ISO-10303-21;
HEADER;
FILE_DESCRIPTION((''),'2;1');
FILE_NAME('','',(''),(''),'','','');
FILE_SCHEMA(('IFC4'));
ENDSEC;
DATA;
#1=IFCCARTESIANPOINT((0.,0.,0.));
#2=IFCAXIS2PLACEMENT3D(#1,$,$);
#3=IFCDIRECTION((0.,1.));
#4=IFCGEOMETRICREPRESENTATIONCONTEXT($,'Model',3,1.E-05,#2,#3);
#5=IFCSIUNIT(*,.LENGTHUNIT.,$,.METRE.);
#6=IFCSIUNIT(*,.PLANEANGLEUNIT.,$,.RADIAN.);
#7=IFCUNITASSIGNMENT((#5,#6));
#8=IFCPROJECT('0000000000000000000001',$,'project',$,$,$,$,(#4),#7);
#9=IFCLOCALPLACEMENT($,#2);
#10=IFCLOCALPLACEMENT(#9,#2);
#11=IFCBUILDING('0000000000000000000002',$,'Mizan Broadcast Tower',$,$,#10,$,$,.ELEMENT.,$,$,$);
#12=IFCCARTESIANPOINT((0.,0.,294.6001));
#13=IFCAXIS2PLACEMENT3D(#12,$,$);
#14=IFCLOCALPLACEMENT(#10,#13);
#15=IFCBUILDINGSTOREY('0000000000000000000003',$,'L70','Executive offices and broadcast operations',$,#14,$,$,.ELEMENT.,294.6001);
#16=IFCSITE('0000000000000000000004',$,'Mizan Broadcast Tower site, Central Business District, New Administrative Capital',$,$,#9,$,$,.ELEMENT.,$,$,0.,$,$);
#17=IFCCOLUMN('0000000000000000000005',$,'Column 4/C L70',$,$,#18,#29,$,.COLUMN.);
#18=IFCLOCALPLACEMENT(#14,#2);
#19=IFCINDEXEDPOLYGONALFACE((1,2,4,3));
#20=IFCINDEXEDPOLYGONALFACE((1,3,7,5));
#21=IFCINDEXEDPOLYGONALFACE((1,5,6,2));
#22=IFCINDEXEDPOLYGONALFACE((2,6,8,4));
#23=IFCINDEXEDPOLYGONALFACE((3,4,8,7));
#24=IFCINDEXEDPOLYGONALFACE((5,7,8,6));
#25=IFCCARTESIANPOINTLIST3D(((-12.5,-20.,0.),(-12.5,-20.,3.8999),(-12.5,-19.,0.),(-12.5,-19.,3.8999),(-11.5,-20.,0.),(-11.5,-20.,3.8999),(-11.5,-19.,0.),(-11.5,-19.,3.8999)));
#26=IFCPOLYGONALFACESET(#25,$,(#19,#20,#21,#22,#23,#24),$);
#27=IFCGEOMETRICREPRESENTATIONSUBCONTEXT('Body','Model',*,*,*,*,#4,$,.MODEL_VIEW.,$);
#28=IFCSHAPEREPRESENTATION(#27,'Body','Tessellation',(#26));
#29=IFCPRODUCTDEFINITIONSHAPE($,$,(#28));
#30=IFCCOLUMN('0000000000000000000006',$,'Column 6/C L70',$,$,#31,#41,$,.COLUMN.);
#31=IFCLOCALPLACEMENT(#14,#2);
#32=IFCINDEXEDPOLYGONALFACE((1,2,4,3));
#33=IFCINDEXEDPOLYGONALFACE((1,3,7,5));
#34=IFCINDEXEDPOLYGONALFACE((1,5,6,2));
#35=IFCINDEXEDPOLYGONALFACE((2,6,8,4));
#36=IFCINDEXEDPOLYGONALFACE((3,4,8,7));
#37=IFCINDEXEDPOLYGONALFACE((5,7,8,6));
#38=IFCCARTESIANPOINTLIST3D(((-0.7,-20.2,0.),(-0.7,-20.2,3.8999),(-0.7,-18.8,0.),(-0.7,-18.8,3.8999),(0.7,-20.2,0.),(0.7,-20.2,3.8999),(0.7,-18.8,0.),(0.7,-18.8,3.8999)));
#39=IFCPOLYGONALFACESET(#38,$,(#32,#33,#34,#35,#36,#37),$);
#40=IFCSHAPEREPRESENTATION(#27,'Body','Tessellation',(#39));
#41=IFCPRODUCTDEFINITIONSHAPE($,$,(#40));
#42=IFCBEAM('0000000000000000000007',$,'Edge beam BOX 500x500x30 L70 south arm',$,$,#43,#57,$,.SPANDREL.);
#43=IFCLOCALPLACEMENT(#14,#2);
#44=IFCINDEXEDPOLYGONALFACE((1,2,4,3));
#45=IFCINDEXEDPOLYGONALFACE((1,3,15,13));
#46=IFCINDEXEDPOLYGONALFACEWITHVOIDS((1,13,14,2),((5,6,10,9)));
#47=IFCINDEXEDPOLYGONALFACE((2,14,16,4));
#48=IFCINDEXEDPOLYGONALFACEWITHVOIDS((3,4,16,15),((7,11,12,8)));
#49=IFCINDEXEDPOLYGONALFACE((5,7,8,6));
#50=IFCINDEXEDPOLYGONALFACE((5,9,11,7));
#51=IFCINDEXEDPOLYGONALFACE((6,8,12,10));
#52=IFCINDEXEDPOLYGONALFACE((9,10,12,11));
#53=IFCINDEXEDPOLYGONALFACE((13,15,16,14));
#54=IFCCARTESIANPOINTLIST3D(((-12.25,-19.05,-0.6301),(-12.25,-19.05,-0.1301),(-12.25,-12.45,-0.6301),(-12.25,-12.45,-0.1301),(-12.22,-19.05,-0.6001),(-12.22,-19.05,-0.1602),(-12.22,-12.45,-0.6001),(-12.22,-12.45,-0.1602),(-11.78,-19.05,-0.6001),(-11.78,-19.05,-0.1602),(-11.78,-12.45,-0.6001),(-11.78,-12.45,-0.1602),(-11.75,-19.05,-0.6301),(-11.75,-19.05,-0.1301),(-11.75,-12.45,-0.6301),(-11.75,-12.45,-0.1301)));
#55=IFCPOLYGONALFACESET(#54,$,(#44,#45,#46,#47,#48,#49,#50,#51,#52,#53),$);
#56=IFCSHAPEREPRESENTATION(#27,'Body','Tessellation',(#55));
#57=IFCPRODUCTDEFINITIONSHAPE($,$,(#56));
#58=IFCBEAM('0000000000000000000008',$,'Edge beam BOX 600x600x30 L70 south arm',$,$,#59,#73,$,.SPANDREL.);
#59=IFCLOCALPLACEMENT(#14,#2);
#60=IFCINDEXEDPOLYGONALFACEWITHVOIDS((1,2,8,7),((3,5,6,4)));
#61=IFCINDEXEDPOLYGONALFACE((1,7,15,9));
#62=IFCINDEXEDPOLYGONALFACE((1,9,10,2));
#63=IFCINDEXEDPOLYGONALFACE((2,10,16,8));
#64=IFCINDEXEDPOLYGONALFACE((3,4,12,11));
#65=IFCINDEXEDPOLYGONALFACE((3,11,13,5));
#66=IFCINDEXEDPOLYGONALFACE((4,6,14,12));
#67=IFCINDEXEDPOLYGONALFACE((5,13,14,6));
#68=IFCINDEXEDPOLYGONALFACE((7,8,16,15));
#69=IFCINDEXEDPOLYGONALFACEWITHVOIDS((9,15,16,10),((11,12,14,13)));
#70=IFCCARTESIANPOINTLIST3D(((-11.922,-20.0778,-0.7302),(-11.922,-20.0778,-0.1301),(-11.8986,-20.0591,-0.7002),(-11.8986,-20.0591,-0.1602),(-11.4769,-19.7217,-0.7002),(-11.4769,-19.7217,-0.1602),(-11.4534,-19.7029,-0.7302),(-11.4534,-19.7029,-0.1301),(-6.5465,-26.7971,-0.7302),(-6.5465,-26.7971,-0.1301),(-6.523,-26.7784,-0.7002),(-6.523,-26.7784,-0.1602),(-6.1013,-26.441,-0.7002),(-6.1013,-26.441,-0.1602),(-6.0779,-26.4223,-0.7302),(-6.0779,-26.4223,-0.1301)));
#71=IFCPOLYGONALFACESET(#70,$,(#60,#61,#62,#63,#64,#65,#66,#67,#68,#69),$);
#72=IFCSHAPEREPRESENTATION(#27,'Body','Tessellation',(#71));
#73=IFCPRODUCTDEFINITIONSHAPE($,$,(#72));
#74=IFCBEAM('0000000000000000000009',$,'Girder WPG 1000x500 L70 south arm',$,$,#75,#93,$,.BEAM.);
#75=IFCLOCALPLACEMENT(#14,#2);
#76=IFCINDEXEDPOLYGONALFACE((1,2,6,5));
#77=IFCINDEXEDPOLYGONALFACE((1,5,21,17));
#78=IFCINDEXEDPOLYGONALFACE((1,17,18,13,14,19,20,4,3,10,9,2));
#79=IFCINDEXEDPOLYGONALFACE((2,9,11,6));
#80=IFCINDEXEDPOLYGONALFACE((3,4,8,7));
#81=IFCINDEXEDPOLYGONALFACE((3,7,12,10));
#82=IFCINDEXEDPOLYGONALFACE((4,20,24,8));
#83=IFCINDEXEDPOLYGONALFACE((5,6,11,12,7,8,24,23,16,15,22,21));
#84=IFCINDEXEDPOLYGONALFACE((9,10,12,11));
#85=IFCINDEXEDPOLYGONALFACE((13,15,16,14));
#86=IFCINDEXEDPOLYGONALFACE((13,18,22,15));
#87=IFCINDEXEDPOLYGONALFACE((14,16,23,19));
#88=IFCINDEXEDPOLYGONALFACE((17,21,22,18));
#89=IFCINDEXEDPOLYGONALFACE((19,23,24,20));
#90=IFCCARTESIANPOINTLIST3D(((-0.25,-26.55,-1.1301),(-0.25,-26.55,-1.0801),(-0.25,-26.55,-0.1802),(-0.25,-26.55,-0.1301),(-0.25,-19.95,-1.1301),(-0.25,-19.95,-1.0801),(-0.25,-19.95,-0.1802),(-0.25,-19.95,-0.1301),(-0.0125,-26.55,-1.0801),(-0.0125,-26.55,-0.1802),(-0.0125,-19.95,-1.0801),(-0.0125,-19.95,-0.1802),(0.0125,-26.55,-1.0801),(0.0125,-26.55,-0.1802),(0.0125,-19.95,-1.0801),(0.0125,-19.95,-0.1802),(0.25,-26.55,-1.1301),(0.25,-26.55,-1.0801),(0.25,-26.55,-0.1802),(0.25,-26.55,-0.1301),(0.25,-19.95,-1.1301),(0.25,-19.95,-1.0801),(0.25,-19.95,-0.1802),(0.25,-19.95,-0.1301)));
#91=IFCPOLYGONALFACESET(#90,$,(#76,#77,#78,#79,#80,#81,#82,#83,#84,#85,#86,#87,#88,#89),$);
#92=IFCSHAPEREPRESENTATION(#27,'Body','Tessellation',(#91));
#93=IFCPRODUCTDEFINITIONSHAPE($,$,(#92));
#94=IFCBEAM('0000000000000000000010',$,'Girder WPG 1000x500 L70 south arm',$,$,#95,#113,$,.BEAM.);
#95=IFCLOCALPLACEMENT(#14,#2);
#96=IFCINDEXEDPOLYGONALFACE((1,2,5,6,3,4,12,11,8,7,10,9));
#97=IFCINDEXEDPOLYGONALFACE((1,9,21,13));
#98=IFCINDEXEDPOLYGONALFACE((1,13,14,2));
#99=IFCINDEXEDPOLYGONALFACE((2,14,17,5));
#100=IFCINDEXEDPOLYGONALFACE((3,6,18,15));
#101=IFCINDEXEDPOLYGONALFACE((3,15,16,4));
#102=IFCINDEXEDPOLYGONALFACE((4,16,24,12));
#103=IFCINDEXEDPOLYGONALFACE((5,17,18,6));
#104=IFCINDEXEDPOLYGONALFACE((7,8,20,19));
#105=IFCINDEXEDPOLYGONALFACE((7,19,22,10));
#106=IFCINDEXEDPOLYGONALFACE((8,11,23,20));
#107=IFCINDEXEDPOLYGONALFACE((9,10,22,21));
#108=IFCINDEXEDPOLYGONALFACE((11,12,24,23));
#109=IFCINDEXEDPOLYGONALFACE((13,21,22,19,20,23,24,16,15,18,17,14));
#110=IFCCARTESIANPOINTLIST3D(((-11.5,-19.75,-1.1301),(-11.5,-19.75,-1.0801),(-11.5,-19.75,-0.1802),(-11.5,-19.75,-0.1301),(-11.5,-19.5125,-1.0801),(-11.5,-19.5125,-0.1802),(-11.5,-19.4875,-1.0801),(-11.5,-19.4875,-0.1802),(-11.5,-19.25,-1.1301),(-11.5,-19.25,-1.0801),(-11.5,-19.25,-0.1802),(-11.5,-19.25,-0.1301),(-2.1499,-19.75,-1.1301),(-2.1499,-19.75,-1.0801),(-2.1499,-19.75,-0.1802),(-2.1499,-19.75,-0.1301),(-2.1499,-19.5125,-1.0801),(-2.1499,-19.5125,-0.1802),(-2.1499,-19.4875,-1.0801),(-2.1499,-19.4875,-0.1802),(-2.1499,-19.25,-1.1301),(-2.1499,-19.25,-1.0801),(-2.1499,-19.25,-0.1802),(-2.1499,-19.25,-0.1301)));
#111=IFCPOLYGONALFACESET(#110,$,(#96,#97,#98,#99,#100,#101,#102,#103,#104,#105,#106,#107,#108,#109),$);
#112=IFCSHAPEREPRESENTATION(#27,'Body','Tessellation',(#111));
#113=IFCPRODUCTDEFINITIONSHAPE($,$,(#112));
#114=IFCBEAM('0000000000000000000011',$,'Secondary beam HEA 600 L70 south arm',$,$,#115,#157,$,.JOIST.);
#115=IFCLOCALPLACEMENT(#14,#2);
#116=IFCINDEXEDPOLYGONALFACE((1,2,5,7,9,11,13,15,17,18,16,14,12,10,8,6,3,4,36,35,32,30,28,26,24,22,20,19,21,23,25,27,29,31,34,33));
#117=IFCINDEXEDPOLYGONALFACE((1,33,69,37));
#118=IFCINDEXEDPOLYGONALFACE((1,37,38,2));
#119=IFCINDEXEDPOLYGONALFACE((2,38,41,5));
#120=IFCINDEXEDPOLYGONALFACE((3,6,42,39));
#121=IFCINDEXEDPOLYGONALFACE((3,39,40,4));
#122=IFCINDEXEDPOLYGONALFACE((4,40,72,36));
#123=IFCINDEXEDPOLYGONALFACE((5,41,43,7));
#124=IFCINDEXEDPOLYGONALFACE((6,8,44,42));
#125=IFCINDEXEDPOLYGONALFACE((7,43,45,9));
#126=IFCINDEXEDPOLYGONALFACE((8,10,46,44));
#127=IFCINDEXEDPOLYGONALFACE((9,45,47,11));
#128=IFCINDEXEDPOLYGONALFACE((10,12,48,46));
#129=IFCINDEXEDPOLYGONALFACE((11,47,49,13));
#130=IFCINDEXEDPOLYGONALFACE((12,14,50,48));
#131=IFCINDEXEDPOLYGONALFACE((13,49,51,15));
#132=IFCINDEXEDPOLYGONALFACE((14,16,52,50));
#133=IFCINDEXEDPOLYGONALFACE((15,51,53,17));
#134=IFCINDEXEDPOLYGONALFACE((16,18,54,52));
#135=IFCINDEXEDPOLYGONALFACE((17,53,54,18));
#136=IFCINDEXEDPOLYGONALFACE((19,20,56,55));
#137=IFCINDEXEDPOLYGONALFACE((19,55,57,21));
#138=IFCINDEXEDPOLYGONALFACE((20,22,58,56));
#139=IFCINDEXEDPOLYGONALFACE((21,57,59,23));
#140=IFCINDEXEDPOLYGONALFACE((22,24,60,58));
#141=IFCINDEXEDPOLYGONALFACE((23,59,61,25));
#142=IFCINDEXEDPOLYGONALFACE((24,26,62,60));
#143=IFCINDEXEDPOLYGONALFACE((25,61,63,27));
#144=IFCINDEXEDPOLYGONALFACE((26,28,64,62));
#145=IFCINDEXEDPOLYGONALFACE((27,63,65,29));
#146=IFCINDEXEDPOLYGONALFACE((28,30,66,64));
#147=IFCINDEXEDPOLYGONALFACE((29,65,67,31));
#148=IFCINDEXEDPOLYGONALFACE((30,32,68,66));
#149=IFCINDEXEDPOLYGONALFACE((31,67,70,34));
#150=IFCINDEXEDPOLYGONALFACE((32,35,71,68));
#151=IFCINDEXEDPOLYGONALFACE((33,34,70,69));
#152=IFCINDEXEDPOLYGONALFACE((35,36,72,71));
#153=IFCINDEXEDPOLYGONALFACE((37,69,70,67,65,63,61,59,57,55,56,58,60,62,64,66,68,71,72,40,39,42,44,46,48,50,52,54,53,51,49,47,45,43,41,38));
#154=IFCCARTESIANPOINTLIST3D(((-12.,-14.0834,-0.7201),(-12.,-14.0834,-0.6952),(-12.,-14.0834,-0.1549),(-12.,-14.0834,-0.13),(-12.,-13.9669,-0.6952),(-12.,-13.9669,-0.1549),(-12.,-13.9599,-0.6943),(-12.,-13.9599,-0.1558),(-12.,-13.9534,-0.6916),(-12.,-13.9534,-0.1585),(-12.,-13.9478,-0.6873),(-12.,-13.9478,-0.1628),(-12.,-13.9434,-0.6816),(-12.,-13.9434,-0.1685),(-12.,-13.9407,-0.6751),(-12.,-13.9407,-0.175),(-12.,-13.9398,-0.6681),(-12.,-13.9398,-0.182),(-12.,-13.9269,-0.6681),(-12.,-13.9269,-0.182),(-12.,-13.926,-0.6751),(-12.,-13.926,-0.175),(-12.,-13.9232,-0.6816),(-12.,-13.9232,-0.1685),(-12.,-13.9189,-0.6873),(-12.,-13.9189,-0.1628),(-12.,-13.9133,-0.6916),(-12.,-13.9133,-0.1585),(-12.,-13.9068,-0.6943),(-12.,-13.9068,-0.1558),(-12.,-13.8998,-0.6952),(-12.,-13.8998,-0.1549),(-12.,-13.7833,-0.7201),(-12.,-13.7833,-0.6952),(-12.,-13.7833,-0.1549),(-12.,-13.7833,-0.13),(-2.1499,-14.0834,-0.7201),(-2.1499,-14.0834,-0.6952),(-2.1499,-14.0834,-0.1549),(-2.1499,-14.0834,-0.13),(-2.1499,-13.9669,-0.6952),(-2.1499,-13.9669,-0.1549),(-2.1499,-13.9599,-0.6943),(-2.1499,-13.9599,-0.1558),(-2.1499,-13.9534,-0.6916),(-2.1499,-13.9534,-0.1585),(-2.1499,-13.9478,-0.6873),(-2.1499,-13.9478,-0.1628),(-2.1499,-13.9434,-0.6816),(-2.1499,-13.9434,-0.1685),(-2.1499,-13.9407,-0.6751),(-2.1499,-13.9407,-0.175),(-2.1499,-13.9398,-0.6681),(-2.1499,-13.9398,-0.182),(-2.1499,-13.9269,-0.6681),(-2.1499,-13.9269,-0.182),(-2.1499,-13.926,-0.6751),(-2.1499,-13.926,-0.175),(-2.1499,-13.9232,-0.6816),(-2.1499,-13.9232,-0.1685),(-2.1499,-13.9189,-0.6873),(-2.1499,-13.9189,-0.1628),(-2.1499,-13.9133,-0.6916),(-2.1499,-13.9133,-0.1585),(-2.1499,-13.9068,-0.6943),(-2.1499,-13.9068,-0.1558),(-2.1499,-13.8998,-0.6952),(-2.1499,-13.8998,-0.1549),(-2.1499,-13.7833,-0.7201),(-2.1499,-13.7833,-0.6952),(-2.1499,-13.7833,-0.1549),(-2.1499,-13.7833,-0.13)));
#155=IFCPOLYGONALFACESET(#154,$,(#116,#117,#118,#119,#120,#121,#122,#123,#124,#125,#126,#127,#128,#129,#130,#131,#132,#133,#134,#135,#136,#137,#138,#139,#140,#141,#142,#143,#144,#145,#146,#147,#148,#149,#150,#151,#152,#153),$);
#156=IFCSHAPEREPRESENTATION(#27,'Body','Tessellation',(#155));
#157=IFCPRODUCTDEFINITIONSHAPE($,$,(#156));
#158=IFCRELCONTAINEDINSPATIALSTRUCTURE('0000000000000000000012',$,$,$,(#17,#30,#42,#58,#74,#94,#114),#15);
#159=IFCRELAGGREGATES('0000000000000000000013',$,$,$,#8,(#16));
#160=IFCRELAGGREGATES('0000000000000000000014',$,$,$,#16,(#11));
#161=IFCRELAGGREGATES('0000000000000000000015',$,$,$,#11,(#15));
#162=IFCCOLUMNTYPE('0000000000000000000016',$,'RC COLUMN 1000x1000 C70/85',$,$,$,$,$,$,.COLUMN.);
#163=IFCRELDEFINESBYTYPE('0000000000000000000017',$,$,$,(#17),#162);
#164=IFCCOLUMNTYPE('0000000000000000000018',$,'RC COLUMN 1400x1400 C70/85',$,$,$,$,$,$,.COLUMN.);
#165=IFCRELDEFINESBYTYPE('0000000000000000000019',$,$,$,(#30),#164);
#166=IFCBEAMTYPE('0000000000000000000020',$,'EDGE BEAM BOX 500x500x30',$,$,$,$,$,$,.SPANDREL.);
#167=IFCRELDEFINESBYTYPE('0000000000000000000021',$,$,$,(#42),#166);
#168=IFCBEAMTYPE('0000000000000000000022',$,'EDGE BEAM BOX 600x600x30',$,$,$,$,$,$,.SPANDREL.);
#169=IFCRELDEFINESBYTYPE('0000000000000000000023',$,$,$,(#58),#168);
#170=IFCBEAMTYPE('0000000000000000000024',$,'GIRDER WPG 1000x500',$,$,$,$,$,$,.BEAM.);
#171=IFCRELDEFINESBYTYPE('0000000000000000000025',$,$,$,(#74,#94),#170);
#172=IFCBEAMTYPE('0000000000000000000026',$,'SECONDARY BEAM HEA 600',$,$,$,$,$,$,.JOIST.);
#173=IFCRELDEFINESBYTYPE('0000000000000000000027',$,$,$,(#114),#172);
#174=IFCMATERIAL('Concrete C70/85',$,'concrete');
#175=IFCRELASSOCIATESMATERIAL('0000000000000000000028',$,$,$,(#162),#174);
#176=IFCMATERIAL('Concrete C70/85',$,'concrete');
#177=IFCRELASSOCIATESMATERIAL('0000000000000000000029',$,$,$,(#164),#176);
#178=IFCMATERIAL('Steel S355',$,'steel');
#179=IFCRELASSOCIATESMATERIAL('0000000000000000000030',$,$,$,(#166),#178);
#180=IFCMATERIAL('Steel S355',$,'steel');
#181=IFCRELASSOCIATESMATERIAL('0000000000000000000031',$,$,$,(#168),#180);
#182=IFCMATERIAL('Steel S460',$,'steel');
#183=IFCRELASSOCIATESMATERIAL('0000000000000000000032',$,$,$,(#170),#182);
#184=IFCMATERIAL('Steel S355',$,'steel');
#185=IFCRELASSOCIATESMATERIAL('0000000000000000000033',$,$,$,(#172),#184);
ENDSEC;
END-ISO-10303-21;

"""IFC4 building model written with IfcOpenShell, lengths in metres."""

from ifc_helpers import new_model, si_unit, direction, frame, origin, origin_2d, place, context, subcontext, project, spatial, rectangle, hollow_rectangle, i_section, extrude, material, material_profile, profile_set, type_object, element, save


model = new_model("IFC4")

# Units and contexts
model_context = context("Model", 3, precision=1e-05, world=origin(), true_north=direction((0.0, 1.0)))
body_context = subcontext(model_context, "Body", "Model", "MODEL_VIEW")
ifc_project = project(units=[si_unit("LENGTHUNIT", "METRE"), si_unit("PLANEANGLEUNIT", "RADIAN")], contexts=[model_context])

# Site, building, storey
site_placement = place(None, origin())
site = spatial("IfcSite", under=ifc_project, at=site_placement, Name="Mizan Broadcast Tower site, Central Business District, New Administrative Capital", CompositionType="ELEMENT", RefElevation=0.0)
building_placement = place(site_placement, origin())
building = spatial("IfcBuilding", under=site, at=building_placement, Name="Mizan Broadcast Tower", CompositionType="ELEMENT")
storey_placement = place(building_placement, frame((0.0, 0.0, 294.6001)))
storey = spatial("IfcBuildingStorey", under=building, at=storey_placement, Name="L70", Description="Executive offices and broadcast operations", CompositionType="ELEMENT", Elevation=294.6001)

# Columns
ifc_material_1 = material(Name="Concrete C70/85", Category="concrete")
ifc_material_profile_1 = material_profile(ifc_material_1, rectangle(XDim=1.0, YDim=1.0, at=origin_2d()), Name="RC 1000x1000")
ifc_profile_set_1 = profile_set([ifc_material_profile_1], Name="Concrete C70/85")
column_type_1 = type_object("IfcColumnType", Name="RC COLUMN 1000x1000 C70/85", PredefinedType="COLUMN", material=ifc_profile_set_1)
column_1_placement = place(storey_placement, frame((-12.0, -19.5, 0.0), z_axis=(0.0, 0.0, 1.0), x_axis=(1.0, 0.0, 0.0)))
element("IfcColumn", 1, at=column_1_placement, inside=storey, type_object=column_type_1, Name="Column 4/C L70", PredefinedType="COLUMN", context=body_context, shape_type="SweptSolid", body=[
    extrude(rectangle(XDim=1.0, YDim=1.0, at=origin_2d()), origin(), (0.0, 0.0, 1.0), 3.8999),
])
ifc_material_2 = material(Name="Concrete C70/85", Category="concrete")
ifc_material_profile_2 = material_profile(ifc_material_2, rectangle(XDim=1.3999, YDim=1.3999, at=origin_2d()), Name="RC 1400x1400")
ifc_profile_set_2 = profile_set([ifc_material_profile_2], Name="Concrete C70/85")
column_type_2 = type_object("IfcColumnType", Name="RC COLUMN 1400x1400 C70/85", PredefinedType="COLUMN", material=ifc_profile_set_2)
column_2_placement = place(storey_placement, frame((0.0, -19.5, 0.0), z_axis=(0.0, 0.0, 1.0), x_axis=(1.0, 0.0, 0.0)))
element("IfcColumn", 2, at=column_2_placement, inside=storey, type_object=column_type_2, Name="Column 6/C L70", PredefinedType="COLUMN", context=body_context, shape_type="SweptSolid", body=[
    extrude(rectangle(XDim=1.3999, YDim=1.3999, at=origin_2d()), origin(), (0.0, 0.0, 1.0), 3.8999),
])

# Beams
ifc_material_3 = material(Name="Steel S355", Category="steel")
ifc_material_profile_3 = material_profile(ifc_material_3, hollow_rectangle(XDim=0.5, YDim=0.5, WallThickness=0.03, at=origin_2d()), Name="BOX 500x500x30")
ifc_profile_set_3 = profile_set([ifc_material_profile_3], Name="Steel S355")
beam_type_1 = type_object("IfcBeamType", Name="EDGE BEAM BOX 500x500x30", PredefinedType="SPANDREL", material=ifc_profile_set_3)
beam_1_placement = place(storey_placement, frame((-12.0, -12.45, -0.3801), z_axis=(0.0, -1.0, 0.0), x_axis=(1.0, 0.0, 0.0)))
element("IfcBeam", 3, at=beam_1_placement, inside=storey, type_object=beam_type_1, Name="Edge beam BOX 500x500x30 L70 south arm", PredefinedType="SPANDREL", context=body_context, shape_type="SweptSolid", body=[
    extrude(hollow_rectangle(XDim=0.5, YDim=0.5, WallThickness=0.03, at=origin_2d()), origin(), (0.0, 0.0, 1.0), 6.6001),
])
ifc_material_4 = material(Name="Steel S355", Category="steel")
ifc_material_profile_4 = material_profile(ifc_material_4, hollow_rectangle(XDim=0.6001, YDim=0.6001, WallThickness=0.03, at=origin_2d()), Name="BOX 600x600x30")
ifc_profile_set_4 = profile_set([ifc_material_profile_4], Name="Steel S355")
beam_type_2 = type_object("IfcBeamType", Name="EDGE BEAM BOX 600x600x30", PredefinedType="SPANDREL", material=ifc_profile_set_4)
beam_2_placement = place(storey_placement, frame((-11.6877, -19.8904, -0.4302), z_axis=(0.624702, -0.780863, 0.0), x_axis=(0.780863, 0.624702, 0.0)))
element("IfcBeam", 4, at=beam_2_placement, inside=storey, type_object=beam_type_2, Name="Edge beam BOX 600x600x30 L70 south arm", PredefinedType="SPANDREL", context=body_context, shape_type="SweptSolid", body=[
    extrude(hollow_rectangle(XDim=0.6001, YDim=0.6001, WallThickness=0.03, at=origin_2d()), origin(), (0.0, 0.0, 1.0), 8.605),
])
ifc_material_5 = material(Name="Steel S460", Category="steel")
ifc_material_profile_5 = material_profile(ifc_material_5, i_section(OverallWidth=0.5, OverallDepth=1.0, WebThickness=0.0249, FlangeThickness=0.05, at=origin_2d()), Name="WPG 1000x500")
ifc_profile_set_5 = profile_set([ifc_material_profile_5], Name="Steel S460")
beam_type_3 = type_object("IfcBeamType", Name="GIRDER WPG 1000x500", PredefinedType="BEAM", material=ifc_profile_set_5)
beam_3_placement = place(storey_placement, frame((0.0, -19.95, -0.6301), z_axis=(0.0, -1.0, 0.0), x_axis=(1.0, 0.0, 0.0)))
element("IfcBeam", 5, at=beam_3_placement, inside=storey, type_object=beam_type_3, Name="Girder WPG 1000x500 L70 south arm", PredefinedType="BEAM", context=body_context, shape_type="SweptSolid", body=[
    extrude(i_section(OverallWidth=0.5, OverallDepth=1.0, WebThickness=0.0249, FlangeThickness=0.05, at=origin_2d()), origin(), (0.0, 0.0, 1.0), 6.6001),
])
beam_4_placement = place(storey_placement, frame((-11.5, -19.5, -0.6301), z_axis=(1.0, 0.0, 0.0), x_axis=(0.0, 1.0, 0.0)))
element("IfcBeam", 6, at=beam_4_placement, inside=storey, type_object=beam_type_3, Name="Girder WPG 1000x500 L70 south arm", PredefinedType="BEAM", context=body_context, shape_type="SweptSolid", body=[
    extrude(i_section(OverallWidth=0.5, OverallDepth=1.0, WebThickness=0.0249, FlangeThickness=0.05, at=origin_2d()), origin(), (0.0, 0.0, 1.0), 9.3501),
])
ifc_material_6 = material(Name="Steel S355", Category="steel")
ifc_material_profile_6 = material_profile(ifc_material_6, i_section(OverallWidth=0.3, OverallDepth=0.5901, WebThickness=0.0129, FlangeThickness=0.0249, FilletRadius=0.0271, at=origin_2d()), Name="HEA 600")
ifc_profile_set_6 = profile_set([ifc_material_profile_6], Name="Steel S355")
beam_type_4 = type_object("IfcBeamType", Name="SECONDARY BEAM HEA 600", PredefinedType="JOIST", material=ifc_profile_set_6)
for number, where, z_axis, x_axis, name in (
    (7, (-12.0, -13.9333, -0.425), (1.0, 0.0, 0.0), (0.0, 1.0, 0.0), "Secondary beam HEA 600 L70 south arm"),
):
    element("IfcBeam", number, at=place(storey_placement, frame(where, z_axis=z_axis, x_axis=x_axis)), inside=storey, type_object=beam_type_4, Name=name, PredefinedType="JOIST", context=body_context, shape_type="SweptSolid", body=[
        extrude(i_section(OverallWidth=0.3, OverallDepth=0.5901, WebThickness=0.0129, FlangeThickness=0.0249, FilletRadius=0.0271, at=origin_2d()), origin(), (0.0, 0.0, 1.0), 9.8501),
    ])

save(model, "model.ifc")
